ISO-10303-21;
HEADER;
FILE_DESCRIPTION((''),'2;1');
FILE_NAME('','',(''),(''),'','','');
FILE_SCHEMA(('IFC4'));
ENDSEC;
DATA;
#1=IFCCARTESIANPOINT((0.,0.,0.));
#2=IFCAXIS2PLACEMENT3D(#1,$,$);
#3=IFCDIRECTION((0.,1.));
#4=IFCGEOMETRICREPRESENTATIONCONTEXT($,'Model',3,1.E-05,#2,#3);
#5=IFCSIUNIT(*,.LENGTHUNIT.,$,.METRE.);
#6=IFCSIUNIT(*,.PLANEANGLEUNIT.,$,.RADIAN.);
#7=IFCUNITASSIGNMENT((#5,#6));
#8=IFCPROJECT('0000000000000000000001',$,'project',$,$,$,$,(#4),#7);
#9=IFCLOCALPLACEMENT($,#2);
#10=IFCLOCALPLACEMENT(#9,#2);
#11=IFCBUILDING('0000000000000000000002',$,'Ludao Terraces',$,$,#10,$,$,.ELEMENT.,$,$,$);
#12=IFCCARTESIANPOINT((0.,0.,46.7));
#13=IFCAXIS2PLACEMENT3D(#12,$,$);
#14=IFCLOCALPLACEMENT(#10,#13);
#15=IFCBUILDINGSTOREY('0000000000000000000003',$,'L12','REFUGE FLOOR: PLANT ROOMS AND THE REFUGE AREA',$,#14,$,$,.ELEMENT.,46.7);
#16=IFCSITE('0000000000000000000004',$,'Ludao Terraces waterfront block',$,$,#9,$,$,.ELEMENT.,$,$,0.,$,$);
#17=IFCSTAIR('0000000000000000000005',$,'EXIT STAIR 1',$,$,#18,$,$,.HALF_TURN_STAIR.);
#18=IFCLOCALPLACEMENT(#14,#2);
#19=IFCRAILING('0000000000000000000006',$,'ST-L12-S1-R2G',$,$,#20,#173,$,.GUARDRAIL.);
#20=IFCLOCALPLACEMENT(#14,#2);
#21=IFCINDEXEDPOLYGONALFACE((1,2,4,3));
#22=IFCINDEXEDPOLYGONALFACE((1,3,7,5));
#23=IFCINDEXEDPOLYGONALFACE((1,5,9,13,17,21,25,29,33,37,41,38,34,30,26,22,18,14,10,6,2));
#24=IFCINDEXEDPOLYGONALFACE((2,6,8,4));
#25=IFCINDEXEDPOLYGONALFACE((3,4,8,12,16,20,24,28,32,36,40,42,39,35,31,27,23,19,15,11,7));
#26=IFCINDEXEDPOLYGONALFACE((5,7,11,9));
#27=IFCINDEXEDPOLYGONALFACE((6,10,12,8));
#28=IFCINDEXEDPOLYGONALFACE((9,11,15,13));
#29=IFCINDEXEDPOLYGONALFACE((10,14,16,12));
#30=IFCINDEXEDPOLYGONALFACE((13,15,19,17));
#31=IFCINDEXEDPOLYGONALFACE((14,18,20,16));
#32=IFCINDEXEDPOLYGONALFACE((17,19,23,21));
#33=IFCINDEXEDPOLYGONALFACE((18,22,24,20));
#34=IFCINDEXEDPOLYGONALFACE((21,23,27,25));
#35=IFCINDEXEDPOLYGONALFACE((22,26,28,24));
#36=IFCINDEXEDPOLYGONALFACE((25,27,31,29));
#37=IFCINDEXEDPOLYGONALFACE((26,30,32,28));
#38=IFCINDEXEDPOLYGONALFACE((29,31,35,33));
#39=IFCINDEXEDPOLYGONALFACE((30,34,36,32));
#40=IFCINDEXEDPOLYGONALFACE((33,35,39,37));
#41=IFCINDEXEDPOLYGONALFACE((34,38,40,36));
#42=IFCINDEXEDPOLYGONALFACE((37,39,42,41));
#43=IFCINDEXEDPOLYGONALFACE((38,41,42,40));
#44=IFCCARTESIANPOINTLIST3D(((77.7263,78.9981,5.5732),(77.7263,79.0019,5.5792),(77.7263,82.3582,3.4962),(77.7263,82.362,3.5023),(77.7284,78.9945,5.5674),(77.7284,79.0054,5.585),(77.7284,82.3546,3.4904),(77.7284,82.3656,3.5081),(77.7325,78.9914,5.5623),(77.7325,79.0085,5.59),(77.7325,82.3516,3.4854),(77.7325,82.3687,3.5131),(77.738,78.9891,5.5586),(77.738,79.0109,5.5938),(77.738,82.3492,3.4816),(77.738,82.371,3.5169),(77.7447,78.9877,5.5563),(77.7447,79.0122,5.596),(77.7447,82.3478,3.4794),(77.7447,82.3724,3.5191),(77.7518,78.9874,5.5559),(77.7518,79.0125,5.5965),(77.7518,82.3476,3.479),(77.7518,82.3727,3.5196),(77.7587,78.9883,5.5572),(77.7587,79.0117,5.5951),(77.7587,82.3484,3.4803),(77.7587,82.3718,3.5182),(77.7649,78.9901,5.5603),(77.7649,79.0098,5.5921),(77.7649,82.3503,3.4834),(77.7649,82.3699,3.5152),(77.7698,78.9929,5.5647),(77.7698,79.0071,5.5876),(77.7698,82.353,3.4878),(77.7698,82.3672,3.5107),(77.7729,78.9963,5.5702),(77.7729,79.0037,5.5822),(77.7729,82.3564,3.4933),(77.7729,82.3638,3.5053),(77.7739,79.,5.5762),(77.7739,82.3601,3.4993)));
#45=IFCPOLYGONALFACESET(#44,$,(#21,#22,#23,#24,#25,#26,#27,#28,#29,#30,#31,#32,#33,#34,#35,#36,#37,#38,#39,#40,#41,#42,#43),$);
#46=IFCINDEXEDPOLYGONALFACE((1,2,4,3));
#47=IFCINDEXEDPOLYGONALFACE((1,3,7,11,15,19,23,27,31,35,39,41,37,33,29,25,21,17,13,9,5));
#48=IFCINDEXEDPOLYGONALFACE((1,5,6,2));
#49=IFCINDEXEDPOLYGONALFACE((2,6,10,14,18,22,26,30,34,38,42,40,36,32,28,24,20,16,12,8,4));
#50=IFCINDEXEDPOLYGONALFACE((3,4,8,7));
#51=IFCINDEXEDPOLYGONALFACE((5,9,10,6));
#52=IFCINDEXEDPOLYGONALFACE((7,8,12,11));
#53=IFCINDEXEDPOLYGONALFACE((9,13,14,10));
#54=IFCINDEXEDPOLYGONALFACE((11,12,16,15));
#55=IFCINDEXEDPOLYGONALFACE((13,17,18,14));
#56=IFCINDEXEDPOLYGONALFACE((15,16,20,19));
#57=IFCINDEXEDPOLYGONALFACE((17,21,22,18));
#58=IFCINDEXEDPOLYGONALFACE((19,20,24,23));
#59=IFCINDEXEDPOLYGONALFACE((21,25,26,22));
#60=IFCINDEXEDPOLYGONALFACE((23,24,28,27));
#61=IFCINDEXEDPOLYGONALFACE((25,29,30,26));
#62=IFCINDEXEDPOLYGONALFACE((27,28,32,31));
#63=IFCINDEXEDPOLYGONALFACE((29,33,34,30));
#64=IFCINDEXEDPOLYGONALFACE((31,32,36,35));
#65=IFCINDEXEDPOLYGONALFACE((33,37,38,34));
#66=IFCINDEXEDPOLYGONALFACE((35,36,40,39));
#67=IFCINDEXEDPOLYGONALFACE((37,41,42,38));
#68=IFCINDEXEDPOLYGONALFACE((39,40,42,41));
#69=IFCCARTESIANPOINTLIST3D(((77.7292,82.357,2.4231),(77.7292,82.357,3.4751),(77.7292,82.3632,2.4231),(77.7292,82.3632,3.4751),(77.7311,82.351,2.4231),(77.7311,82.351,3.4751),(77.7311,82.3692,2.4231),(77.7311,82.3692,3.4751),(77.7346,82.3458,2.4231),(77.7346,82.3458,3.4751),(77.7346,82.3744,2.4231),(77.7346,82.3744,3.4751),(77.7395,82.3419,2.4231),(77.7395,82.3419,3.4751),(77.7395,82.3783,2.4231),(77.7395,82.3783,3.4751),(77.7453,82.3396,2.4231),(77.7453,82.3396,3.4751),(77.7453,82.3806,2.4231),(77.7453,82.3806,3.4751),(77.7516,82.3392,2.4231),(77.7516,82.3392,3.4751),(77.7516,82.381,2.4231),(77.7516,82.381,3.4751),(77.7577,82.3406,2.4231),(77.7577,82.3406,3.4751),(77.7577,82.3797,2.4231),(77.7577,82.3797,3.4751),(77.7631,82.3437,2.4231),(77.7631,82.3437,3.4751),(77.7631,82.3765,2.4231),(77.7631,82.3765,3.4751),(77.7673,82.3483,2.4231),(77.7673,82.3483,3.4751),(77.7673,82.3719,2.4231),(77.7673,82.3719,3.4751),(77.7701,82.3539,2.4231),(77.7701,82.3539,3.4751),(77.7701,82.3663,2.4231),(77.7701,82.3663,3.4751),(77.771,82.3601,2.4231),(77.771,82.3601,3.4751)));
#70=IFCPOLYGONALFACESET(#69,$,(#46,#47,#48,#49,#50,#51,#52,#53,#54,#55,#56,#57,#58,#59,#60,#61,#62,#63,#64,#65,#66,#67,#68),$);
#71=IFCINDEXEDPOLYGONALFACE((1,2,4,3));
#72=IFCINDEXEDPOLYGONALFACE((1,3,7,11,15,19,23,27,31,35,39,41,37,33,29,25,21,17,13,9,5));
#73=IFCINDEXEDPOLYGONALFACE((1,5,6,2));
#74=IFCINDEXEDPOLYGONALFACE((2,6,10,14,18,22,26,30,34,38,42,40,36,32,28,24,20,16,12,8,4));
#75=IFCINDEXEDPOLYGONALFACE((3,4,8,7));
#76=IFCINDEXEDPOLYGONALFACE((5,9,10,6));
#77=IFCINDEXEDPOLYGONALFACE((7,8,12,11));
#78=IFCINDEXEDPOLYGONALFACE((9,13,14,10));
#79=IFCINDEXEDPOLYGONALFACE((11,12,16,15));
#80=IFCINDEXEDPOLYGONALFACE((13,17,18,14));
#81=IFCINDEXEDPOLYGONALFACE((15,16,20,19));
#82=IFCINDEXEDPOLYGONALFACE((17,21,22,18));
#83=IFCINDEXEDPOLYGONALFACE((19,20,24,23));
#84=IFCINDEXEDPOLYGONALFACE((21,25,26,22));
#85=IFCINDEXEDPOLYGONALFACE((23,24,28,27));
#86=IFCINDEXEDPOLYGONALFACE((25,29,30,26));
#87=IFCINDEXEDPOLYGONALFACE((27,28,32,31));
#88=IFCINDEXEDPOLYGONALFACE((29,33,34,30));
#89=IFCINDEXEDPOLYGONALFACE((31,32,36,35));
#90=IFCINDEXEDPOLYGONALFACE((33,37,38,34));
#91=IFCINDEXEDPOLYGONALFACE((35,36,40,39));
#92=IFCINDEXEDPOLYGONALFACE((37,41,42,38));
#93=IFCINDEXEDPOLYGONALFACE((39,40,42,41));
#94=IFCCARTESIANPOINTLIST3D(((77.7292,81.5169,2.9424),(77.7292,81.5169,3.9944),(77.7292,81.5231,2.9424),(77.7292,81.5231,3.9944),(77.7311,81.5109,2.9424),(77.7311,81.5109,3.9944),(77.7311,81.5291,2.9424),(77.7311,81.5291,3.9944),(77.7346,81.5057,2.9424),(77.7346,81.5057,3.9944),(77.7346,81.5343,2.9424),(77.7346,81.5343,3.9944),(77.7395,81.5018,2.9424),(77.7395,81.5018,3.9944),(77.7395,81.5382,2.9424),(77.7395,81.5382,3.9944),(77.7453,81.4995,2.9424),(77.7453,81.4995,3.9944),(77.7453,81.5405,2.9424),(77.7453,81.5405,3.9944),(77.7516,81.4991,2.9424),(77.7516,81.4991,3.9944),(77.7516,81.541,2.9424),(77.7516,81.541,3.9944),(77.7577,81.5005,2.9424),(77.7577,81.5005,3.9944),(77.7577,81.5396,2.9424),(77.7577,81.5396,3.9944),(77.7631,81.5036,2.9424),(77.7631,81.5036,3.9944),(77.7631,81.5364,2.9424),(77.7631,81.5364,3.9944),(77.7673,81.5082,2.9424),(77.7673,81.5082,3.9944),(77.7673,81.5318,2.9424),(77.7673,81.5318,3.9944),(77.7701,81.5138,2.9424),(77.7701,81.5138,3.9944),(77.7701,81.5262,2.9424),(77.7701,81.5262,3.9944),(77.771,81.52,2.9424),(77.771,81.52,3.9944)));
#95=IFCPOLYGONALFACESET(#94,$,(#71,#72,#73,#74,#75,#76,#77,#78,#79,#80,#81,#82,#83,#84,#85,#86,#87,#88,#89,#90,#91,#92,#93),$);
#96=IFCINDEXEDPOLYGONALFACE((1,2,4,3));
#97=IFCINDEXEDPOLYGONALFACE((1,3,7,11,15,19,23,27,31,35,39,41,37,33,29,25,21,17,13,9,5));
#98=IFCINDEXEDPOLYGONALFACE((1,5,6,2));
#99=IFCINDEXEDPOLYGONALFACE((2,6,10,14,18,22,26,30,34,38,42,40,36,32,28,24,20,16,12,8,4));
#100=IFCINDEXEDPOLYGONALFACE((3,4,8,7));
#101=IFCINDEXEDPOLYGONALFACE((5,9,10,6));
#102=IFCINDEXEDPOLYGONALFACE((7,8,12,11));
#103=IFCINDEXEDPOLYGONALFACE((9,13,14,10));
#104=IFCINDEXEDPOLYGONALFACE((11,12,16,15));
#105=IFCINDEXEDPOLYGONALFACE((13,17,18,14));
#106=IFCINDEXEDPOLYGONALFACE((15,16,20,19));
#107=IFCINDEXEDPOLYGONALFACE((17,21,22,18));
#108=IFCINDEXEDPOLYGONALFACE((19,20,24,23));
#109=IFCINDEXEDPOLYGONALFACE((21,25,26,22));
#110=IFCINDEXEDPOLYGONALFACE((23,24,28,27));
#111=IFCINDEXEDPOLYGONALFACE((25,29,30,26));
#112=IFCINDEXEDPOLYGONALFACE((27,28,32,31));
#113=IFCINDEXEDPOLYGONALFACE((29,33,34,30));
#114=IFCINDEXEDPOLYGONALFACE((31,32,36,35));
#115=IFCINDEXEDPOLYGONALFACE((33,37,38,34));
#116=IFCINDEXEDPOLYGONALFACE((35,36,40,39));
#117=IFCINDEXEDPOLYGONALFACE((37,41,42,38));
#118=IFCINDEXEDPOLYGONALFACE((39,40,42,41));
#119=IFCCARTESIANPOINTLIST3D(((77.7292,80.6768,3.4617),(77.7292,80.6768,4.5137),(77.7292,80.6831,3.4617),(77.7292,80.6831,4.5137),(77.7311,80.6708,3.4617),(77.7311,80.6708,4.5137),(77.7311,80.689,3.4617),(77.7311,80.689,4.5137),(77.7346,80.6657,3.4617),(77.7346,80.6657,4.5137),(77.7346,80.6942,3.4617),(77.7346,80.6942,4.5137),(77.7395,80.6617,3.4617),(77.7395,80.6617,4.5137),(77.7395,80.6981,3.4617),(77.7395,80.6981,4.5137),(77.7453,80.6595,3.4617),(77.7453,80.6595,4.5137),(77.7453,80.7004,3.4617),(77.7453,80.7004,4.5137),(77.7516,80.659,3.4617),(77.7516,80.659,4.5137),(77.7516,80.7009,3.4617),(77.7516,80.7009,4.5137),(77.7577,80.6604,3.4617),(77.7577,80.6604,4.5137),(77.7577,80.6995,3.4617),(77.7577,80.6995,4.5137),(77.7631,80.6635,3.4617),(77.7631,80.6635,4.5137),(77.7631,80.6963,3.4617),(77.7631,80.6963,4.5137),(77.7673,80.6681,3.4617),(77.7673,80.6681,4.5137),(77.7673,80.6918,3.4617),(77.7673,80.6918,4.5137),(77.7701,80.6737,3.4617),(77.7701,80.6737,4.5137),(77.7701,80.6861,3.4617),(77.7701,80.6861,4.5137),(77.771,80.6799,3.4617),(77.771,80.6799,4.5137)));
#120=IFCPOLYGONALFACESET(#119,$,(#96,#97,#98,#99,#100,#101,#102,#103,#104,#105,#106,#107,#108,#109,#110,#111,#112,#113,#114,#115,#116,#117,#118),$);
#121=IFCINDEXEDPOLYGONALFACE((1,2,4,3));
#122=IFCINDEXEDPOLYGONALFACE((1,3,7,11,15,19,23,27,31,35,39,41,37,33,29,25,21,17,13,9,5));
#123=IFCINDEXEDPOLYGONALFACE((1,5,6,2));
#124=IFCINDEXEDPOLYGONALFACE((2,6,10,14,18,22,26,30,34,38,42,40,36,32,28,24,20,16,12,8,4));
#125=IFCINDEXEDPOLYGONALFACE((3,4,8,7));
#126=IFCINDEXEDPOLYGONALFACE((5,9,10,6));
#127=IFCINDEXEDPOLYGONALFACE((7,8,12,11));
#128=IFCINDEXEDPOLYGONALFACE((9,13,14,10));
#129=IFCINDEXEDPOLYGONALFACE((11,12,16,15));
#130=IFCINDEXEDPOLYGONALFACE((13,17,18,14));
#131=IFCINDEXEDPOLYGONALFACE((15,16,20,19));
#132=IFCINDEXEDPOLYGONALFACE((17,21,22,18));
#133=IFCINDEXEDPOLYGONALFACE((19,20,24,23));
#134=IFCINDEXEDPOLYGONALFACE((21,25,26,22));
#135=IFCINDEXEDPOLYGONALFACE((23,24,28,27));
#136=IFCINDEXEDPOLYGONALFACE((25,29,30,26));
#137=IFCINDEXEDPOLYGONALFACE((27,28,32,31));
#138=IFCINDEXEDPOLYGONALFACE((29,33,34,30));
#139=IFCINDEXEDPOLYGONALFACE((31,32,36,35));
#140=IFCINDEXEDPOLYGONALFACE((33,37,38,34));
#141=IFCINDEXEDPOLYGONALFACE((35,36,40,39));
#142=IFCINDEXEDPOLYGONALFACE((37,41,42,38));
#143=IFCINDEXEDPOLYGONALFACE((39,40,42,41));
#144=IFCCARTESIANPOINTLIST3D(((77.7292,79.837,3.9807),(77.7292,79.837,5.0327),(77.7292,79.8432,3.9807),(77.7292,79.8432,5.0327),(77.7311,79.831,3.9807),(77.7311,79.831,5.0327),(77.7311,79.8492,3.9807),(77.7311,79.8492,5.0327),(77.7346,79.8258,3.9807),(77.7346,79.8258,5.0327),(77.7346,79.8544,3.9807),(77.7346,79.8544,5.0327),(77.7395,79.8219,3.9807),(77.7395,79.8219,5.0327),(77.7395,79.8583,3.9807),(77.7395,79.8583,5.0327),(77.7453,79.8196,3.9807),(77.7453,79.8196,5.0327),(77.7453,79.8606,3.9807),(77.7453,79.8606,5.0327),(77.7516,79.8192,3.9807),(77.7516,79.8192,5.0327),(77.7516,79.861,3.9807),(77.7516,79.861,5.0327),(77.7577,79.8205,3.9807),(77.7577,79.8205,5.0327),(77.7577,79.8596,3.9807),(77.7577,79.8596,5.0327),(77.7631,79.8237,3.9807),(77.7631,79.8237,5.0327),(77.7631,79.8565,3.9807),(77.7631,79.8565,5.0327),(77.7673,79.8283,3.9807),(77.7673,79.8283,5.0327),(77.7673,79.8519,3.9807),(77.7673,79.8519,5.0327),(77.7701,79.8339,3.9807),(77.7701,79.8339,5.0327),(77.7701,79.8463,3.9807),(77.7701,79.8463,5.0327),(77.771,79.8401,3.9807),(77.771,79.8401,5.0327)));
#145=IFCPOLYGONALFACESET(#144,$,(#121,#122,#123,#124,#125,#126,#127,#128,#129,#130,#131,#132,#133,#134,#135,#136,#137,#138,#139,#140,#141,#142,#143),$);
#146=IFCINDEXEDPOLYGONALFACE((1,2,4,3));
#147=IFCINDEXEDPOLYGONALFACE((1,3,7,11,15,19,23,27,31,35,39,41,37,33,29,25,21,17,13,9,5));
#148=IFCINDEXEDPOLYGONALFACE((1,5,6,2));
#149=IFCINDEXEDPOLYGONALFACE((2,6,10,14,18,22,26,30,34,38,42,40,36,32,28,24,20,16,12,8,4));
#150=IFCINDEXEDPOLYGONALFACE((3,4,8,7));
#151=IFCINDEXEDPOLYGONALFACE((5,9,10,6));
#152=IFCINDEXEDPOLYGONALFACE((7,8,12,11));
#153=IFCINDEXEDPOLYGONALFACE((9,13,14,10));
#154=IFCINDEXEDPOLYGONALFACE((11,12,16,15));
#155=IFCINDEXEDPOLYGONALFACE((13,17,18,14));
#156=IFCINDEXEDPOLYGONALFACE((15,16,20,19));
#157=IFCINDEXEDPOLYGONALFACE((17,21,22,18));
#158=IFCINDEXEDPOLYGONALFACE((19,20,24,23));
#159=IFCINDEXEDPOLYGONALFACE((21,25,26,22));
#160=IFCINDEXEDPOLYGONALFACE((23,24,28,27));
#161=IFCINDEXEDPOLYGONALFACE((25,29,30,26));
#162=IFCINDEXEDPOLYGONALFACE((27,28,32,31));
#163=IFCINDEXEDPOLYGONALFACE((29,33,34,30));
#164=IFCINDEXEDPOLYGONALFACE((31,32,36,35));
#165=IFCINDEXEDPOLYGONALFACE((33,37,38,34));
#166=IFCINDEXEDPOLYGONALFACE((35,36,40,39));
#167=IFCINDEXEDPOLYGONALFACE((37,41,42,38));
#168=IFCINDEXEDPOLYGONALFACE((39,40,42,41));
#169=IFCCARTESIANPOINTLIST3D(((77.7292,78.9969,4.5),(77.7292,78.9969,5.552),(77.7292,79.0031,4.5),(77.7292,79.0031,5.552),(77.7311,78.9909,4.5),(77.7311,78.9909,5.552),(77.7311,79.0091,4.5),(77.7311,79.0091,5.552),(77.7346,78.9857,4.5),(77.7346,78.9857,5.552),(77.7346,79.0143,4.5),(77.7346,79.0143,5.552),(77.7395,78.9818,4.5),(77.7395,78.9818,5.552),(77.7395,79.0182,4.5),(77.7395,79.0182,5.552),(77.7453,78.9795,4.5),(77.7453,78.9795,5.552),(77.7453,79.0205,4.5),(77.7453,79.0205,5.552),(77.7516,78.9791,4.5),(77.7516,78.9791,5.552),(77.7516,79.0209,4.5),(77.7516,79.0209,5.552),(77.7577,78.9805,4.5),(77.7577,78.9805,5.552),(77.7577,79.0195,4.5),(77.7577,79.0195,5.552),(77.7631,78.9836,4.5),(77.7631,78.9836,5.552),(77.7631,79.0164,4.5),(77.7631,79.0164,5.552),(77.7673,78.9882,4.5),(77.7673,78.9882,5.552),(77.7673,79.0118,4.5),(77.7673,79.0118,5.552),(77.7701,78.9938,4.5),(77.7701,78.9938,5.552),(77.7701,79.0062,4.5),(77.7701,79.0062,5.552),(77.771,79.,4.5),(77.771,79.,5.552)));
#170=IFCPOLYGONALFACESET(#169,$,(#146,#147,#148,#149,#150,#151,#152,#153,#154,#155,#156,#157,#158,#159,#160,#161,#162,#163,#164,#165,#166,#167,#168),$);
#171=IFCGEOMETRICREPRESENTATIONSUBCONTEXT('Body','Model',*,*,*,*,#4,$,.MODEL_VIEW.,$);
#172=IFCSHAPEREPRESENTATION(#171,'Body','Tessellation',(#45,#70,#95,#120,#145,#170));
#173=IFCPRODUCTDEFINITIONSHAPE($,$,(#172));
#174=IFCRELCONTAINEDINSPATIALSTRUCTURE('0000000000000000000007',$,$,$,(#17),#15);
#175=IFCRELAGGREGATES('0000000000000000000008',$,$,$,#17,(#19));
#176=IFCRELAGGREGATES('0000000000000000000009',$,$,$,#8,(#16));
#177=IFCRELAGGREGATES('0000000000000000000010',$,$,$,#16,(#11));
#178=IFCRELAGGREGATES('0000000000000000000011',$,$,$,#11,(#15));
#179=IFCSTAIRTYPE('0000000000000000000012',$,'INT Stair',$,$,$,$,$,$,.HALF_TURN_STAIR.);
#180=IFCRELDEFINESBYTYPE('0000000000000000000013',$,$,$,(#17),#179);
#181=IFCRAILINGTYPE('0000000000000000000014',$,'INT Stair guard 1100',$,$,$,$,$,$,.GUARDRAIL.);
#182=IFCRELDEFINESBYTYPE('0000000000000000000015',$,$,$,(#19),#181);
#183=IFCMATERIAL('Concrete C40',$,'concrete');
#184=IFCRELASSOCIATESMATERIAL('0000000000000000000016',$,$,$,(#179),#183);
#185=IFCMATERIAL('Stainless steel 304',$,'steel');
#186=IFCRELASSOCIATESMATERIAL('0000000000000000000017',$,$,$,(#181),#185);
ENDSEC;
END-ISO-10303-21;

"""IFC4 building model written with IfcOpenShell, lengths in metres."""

from ifc_helpers import new_model, si_unit, direction, frame, origin, origin_2d, place, context, subcontext, project, spatial, circle, extrude, material, type_object, element, aggregate, save


model = new_model("IFC4")

# Units and contexts
model_context = context("Model", 3, precision=1e-05, world=origin(), true_north=direction((0.0, 1.0)))
body_context = subcontext(model_context, "Body", "Model", "MODEL_VIEW")
ifc_project = project(units=[si_unit("LENGTHUNIT", "METRE"), si_unit("PLANEANGLEUNIT", "RADIAN")], contexts=[model_context])

# Site, building, storey
site_placement = place(None, origin())
site = spatial("IfcSite", under=ifc_project, at=site_placement, Name="Ludao Terraces waterfront block", CompositionType="ELEMENT", RefElevation=0.0)
building_placement = place(site_placement, origin())
building = spatial("IfcBuilding", under=site, at=building_placement, Name="Ludao Terraces", CompositionType="ELEMENT")
storey_placement = place(building_placement, frame((0.0, 0.0, 46.7)))
storey = spatial("IfcBuildingStorey", under=building, at=storey_placement, Name="L12", Description="REFUGE FLOOR: PLANT ROOMS AND THE REFUGE AREA", CompositionType="ELEMENT", Elevation=46.7)

# Shared definitions
ifc_material_1 = material(Name="Stainless steel 304", Category="steel")

# Stair, railing
ifc_material_2 = material(Name="Concrete C40", Category="concrete")
stair_type = type_object("IfcStairType", Name="INT Stair", PredefinedType="HALF_TURN_STAIR", material=ifc_material_2)
stair_placement = place(storey_placement, origin())
stair = element("IfcStair", 1, at=stair_placement, inside=storey, type_object=stair_type, Name="EXIT STAIR 1", PredefinedType="HALF_TURN_STAIR")
railing_type_1 = type_object("IfcRailingType", Name="INT Stair guard 1100", PredefinedType="GUARDRAIL", material=ifc_material_1)
railing_1_placement = place(storey_placement, frame((77.75, 82.3601, 2.4231)))
railing_1 = element("IfcRailing", 2, at=railing_1_placement, type_object=railing_type_1, Name="ST-L12-S1-R2G", PredefinedType="GUARDRAIL", context=body_context, shape_type="SweptSolid", body=[
    extrude(circle(Radius=0.0239, at=origin_2d()), frame((0.0, 0.0, 1.0762), z_axis=(0.0, -0.850623, 0.525776), x_axis=(1.0, 0.0, 0.0)), (0.0, 0.0, 1.0), 3.9502),
    extrude(circle(Radius=0.021, at=origin_2d()), origin(), (0.0, 0.0, 1.0), 1.052),
    extrude(circle(Radius=0.021, at=origin_2d()), frame((0.0, -0.8401, 0.5193)), (0.0, 0.0, 1.0), 1.052),
    extrude(circle(Radius=0.021, at=origin_2d()), frame((0.0, -1.6802, 1.0386)), (0.0, 0.0, 1.0), 1.052),
    extrude(circle(Radius=0.021, at=origin_2d()), frame((0.0, -2.52, 1.5576)), (0.0, 0.0, 1.0), 1.052),
    extrude(circle(Radius=0.021, at=origin_2d()), frame((0.0, -3.3601, 2.0769)), (0.0, 0.0, 1.0), 1.052),
])
aggregate(stair, [railing_1])

save(model, "model.ifc")
